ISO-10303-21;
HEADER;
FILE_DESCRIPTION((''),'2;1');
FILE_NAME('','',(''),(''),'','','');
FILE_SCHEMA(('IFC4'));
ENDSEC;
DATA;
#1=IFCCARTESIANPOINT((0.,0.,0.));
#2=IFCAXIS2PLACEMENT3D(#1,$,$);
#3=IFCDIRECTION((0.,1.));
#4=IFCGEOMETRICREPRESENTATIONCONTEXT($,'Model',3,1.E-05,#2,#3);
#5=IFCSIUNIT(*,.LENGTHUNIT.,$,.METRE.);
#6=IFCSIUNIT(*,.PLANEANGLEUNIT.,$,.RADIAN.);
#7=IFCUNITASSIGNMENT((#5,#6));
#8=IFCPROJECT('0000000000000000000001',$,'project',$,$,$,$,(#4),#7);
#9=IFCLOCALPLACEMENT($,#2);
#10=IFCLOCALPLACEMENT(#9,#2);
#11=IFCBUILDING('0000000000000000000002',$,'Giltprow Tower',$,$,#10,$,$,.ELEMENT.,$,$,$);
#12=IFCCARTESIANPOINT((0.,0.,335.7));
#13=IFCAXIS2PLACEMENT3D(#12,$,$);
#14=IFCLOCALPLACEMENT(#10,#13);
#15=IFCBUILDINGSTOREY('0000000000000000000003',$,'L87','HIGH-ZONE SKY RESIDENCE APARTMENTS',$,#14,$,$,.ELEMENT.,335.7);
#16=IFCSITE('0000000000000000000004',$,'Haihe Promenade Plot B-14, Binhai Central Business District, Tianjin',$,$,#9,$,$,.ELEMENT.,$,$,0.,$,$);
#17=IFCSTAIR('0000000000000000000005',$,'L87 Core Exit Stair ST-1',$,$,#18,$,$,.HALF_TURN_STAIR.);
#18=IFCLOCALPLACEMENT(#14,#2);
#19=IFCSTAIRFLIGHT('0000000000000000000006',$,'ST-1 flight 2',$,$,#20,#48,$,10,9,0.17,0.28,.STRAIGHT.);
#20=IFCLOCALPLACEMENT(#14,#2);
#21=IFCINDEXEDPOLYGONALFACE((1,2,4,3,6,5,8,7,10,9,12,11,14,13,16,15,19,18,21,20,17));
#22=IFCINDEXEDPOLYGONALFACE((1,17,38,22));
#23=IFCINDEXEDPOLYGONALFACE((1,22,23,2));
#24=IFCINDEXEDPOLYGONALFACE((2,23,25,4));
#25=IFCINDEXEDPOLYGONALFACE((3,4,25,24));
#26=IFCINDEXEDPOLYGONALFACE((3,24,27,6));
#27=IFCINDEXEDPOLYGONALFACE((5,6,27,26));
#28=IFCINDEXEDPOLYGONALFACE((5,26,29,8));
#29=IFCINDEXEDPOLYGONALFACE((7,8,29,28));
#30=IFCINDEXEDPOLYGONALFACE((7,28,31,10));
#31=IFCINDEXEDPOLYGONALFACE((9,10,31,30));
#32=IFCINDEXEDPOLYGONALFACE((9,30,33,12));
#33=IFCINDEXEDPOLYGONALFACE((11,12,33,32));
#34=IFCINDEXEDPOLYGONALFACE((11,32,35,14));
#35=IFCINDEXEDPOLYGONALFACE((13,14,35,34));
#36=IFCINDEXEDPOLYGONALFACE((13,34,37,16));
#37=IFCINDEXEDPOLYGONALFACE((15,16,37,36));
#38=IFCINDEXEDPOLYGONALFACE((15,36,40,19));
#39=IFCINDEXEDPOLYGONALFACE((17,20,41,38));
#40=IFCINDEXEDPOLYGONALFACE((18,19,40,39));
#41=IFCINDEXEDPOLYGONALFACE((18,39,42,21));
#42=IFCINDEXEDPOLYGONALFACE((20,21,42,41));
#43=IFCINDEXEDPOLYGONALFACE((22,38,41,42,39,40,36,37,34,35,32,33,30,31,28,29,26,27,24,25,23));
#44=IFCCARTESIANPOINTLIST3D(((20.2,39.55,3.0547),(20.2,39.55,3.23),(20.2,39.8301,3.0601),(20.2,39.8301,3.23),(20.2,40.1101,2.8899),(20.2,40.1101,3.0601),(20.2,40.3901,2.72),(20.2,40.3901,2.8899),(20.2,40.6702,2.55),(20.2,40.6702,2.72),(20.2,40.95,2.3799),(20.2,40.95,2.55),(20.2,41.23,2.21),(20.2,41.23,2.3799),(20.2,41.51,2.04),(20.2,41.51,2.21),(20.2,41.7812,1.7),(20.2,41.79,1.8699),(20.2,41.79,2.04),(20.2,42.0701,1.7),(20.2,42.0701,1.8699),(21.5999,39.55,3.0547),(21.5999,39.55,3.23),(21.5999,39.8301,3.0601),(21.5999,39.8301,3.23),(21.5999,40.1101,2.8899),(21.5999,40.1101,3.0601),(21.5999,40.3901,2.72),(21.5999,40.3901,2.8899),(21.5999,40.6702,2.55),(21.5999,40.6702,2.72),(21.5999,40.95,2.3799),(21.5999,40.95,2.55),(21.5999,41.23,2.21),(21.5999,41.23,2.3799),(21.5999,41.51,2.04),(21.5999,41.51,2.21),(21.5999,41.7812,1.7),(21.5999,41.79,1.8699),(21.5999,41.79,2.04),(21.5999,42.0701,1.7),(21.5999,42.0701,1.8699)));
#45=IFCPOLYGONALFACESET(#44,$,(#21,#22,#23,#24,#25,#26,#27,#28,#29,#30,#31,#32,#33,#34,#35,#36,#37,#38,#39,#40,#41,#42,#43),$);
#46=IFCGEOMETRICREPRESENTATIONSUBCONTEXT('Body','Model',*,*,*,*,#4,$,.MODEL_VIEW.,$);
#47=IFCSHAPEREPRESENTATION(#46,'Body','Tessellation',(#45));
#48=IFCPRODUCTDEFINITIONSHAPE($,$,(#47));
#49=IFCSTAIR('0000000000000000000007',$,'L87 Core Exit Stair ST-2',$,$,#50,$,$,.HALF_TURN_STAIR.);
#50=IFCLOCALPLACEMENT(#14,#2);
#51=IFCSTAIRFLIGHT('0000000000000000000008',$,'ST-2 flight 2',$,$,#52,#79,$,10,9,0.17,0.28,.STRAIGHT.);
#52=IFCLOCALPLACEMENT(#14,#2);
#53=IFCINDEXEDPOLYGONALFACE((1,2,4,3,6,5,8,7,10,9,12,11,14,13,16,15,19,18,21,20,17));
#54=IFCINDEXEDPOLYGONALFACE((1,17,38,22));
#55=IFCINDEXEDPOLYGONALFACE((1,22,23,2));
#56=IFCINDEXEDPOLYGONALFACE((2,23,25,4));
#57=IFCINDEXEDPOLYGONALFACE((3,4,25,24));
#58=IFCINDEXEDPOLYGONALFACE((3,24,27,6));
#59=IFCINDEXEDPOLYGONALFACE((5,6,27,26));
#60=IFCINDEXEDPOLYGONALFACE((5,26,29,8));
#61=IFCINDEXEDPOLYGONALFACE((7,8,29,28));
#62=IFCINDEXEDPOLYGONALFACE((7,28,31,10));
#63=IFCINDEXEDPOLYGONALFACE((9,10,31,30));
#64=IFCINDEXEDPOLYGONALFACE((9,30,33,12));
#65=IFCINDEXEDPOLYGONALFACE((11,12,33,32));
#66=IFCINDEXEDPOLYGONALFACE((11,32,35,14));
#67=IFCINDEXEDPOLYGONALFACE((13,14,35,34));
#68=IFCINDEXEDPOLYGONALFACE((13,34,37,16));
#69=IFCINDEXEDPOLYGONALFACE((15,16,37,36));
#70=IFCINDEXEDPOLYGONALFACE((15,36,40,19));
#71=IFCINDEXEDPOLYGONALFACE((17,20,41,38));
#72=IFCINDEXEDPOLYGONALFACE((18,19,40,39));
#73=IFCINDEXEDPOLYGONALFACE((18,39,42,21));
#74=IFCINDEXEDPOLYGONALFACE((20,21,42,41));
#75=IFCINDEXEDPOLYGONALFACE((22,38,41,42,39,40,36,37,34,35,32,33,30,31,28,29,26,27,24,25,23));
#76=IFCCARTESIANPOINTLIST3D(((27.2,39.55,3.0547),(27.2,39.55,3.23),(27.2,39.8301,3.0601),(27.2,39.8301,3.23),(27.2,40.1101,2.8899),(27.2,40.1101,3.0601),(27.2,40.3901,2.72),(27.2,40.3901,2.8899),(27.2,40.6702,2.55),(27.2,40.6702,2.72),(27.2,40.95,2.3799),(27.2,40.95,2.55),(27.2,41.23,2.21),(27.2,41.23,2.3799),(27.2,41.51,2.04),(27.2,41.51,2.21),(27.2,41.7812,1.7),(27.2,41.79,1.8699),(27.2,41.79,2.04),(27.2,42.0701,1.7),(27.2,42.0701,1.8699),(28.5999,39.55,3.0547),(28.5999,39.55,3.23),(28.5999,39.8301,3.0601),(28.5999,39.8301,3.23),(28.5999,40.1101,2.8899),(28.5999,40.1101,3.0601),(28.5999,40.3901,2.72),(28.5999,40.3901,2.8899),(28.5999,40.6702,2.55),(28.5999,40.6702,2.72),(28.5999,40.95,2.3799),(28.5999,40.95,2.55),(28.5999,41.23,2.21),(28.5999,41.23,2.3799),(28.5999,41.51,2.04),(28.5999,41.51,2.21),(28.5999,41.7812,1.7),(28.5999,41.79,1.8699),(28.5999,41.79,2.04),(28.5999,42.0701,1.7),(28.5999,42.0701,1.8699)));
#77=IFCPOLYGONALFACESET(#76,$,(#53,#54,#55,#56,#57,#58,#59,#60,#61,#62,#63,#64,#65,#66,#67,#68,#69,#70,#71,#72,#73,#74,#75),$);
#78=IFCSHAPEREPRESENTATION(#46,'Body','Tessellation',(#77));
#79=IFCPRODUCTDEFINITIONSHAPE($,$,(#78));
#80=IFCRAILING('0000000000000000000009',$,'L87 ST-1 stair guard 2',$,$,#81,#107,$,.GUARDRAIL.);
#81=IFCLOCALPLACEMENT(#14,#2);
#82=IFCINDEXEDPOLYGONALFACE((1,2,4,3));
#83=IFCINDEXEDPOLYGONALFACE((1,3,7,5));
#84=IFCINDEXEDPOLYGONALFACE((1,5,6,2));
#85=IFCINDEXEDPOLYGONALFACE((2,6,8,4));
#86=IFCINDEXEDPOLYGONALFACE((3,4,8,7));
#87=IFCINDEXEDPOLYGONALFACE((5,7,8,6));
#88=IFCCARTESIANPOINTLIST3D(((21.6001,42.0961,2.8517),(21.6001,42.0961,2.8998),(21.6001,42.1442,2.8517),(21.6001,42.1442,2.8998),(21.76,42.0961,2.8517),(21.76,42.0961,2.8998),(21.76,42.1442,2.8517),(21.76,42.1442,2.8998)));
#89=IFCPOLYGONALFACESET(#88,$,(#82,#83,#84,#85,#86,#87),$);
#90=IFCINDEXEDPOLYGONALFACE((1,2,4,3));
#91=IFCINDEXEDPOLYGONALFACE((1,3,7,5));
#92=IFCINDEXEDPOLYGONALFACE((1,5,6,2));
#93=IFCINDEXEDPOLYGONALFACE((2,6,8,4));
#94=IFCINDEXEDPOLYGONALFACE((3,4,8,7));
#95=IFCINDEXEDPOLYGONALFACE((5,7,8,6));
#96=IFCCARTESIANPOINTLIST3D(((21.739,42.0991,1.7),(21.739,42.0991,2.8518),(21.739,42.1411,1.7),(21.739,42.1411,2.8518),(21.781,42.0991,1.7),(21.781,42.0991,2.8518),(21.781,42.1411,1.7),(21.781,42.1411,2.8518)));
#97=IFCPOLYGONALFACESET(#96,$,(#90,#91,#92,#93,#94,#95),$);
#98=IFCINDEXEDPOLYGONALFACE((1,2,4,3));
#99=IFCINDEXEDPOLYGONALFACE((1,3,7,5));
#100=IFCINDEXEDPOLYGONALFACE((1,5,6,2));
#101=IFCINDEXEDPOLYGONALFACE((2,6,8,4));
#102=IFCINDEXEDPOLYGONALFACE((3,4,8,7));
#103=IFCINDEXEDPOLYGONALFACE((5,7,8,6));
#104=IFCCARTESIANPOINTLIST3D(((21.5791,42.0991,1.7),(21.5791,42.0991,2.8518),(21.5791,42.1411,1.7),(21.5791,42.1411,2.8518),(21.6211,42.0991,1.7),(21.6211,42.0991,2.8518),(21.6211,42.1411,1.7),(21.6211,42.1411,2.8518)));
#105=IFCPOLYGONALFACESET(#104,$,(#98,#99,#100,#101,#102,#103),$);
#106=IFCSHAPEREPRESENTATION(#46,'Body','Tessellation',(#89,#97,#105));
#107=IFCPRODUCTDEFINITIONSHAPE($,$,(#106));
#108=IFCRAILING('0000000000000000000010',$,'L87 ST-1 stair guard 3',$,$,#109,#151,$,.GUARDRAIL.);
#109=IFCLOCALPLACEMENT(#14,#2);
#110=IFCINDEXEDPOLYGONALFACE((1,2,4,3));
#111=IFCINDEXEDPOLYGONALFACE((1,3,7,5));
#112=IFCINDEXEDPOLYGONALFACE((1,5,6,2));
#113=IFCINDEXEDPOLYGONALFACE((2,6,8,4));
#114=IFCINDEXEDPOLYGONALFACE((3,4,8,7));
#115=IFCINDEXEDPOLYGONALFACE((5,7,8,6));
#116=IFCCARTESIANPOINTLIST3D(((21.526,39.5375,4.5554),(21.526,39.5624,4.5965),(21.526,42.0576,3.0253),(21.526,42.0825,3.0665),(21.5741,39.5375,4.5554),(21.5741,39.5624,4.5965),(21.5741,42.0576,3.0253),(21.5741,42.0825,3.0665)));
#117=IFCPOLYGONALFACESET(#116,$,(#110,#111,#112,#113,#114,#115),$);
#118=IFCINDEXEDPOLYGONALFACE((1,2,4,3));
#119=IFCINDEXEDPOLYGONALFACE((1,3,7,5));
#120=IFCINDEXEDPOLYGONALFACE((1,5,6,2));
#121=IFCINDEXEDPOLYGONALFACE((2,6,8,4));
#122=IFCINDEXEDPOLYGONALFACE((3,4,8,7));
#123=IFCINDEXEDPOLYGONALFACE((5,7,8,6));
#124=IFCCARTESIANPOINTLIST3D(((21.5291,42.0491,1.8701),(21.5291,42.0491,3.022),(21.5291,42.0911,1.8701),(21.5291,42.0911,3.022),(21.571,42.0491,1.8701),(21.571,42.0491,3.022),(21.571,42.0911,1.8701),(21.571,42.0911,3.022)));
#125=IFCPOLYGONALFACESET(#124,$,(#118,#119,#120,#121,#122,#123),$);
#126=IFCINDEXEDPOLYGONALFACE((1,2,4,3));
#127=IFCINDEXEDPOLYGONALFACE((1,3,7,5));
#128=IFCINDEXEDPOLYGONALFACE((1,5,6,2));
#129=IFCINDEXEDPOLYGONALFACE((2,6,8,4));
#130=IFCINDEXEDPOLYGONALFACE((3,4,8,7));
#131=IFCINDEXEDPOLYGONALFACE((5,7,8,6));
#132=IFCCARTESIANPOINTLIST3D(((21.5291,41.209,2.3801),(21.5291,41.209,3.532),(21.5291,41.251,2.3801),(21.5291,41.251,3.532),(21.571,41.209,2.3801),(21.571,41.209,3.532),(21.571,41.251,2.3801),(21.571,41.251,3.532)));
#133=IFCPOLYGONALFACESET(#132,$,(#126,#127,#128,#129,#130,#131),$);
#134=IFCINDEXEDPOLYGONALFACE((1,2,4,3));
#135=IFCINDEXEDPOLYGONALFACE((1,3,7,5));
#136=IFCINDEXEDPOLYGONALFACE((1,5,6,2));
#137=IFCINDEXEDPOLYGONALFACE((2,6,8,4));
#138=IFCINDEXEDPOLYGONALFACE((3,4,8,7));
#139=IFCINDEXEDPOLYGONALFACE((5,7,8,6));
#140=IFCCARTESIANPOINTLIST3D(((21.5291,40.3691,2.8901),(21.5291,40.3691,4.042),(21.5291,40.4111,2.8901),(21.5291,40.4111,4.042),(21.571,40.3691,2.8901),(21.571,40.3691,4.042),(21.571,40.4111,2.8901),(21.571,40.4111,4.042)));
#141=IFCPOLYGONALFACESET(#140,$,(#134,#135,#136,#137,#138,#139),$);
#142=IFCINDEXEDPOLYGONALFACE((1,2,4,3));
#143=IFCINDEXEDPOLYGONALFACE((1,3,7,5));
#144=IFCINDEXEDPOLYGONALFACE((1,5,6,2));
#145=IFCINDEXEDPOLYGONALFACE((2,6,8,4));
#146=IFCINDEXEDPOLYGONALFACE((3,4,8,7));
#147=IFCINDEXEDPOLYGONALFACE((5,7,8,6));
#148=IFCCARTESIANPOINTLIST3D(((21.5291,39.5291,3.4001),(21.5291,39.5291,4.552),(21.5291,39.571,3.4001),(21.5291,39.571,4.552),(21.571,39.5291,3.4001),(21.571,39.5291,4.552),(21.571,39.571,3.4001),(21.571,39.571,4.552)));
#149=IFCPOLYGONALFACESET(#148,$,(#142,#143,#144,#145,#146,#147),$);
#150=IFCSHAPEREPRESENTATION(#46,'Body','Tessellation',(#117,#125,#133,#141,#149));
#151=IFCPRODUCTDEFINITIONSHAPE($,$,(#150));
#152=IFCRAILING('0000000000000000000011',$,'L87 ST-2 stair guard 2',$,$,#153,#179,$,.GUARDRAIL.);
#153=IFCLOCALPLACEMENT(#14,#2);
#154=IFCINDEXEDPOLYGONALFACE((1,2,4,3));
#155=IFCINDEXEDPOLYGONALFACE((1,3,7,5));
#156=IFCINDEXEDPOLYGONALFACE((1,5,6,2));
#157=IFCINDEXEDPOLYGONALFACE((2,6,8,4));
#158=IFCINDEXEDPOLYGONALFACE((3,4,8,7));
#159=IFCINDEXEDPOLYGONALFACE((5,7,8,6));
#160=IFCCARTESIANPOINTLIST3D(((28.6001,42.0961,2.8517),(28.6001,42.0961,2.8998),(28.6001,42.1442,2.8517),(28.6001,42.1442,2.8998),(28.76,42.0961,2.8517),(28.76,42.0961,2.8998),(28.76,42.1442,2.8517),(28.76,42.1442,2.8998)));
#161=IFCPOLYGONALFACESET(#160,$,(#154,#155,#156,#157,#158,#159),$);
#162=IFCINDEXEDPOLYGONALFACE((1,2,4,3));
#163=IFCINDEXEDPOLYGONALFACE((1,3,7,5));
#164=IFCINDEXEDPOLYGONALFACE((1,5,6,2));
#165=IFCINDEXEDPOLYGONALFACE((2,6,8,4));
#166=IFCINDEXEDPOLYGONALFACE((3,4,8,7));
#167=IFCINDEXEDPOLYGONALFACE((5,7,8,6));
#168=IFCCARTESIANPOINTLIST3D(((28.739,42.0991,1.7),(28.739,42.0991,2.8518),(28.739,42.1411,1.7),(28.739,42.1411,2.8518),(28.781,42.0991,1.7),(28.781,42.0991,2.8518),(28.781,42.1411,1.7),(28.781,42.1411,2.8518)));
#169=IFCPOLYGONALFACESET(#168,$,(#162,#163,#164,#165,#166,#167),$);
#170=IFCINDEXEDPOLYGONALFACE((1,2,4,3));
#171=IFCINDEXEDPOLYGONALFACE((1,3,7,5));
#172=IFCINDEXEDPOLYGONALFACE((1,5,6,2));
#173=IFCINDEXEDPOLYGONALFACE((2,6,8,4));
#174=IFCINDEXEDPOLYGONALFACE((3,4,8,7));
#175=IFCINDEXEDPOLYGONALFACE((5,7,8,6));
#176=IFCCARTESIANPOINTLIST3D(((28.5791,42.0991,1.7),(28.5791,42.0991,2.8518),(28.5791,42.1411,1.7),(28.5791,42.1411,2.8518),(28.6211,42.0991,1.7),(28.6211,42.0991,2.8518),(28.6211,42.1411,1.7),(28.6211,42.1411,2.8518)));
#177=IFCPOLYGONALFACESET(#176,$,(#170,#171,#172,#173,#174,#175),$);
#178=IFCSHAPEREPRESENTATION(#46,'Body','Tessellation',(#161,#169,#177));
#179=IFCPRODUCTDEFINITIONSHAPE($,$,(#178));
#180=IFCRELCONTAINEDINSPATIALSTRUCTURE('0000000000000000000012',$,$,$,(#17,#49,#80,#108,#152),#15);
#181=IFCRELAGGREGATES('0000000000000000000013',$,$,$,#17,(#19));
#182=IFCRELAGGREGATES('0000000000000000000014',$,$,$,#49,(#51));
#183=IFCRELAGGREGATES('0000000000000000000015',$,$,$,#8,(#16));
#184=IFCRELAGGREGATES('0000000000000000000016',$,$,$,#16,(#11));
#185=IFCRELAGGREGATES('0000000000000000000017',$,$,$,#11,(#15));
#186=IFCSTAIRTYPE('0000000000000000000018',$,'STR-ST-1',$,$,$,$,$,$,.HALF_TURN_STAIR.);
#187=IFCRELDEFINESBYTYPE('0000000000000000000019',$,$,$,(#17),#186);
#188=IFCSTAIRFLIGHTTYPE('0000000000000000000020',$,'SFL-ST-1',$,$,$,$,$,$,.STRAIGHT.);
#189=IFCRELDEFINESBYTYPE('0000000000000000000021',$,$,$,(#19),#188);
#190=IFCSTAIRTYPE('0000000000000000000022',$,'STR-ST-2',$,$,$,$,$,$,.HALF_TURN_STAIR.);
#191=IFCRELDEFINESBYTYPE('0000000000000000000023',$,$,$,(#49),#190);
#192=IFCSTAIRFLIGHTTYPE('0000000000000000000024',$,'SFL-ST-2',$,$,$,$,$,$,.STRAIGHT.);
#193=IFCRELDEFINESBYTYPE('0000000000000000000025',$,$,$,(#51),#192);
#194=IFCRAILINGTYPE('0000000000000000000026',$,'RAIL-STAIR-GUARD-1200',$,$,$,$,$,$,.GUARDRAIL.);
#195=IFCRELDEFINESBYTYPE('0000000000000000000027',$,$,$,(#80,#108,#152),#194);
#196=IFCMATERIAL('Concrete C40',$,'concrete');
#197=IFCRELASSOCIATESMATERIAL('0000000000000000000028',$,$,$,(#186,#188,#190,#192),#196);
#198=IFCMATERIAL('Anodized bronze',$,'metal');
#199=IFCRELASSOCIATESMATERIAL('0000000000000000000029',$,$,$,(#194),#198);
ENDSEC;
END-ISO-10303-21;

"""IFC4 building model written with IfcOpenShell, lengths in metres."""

from ifc_helpers import new_model, si_unit, direction, frame, origin, origin_2d, place, context, subcontext, project, spatial, polyline, rectangle, outline, extrude, material, type_object, element, aggregate, save


model = new_model("IFC4")

# Units and contexts
model_context = context("Model", 3, precision=1e-05, world=origin(), true_north=direction((0.0, 1.0)))
body_context = subcontext(model_context, "Body", "Model", "MODEL_VIEW")
ifc_project = project(units=[si_unit("LENGTHUNIT", "METRE"), si_unit("PLANEANGLEUNIT", "RADIAN")], contexts=[model_context])

# Site, building, storey
site_placement = place(None, origin())
site = spatial("IfcSite", under=ifc_project, at=site_placement, Name="Haihe Promenade Plot B-14, Binhai Central Business District, Tianjin", CompositionType="ELEMENT", RefElevation=0.0)
building_placement = place(site_placement, origin())
building = spatial("IfcBuilding", under=site, at=building_placement, Name="Giltprow Tower", CompositionType="ELEMENT")
storey_placement = place(building_placement, frame((0.0, 0.0, 335.7)))
storey = spatial("IfcBuildingStorey", under=building, at=storey_placement, Name="L87", Description="HIGH-ZONE SKY RESIDENCE APARTMENTS", CompositionType="ELEMENT", Elevation=335.7)

# Shared definitions
ifc_material_1 = material(Name="Concrete C40", Category="concrete")

# Stairs, stair flights
stair_type_1 = type_object("IfcStairType", Name="STR-ST-1", PredefinedType="HALF_TURN_STAIR", material=ifc_material_1)
stair_1_placement = place(storey_placement, origin())
stair_1 = element("IfcStair", 1, at=stair_1_placement, inside=storey, type_object=stair_type_1, Name="L87 Core Exit Stair ST-1", PredefinedType="HALF_TURN_STAIR")
stair_flight_type_1 = type_object("IfcStairFlightType", Name="SFL-ST-1", PredefinedType="STRAIGHT", material=ifc_material_1)
stair_flight_1_placement = place(storey_placement, frame((20.8999, 42.0701, 1.7), z_axis=(0.0, 0.0, 1.0), x_axis=(0.0, -1.0, 0.0)))
stair_flight_1 = element("IfcStairFlight", 2, at=stair_flight_1_placement, type_object=stair_flight_type_1, Name="ST-1 flight 2", NumberOfRisers=10, NumberOfTreads=9, PredefinedType="STRAIGHT", RiserHeight=0.17, TreadLength=0.28, context=body_context, shape_type="SweptSolid", body=[
    extrude(outline(polyline([(0.0, 0.0), (0.0, 0.1699), (0.28, 0.1699), (0.28, 0.3401), (0.5601, 0.3401), (0.5601, 0.51), (0.8401, 0.51), (0.8401, 0.6799), (1.1201, 0.6799), (1.1201, 0.8501), (1.3999, 0.8501), (1.3999, 1.02), (1.6799, 1.02), (1.6799, 1.1899), (1.96, 1.1899), (1.96, 1.3601), (2.24, 1.3601), (2.24, 1.53), (2.52, 1.53), (2.52, 1.7), (2.52, 1.3547), (0.2888, 0.0), (0.0, 0.0)])), frame((0.0, 0.7, 0.0), z_axis=(0.0, -1.0, 0.0), x_axis=(1.0, 0.0, 0.0)), (0.0, 0.0, 1.0), 1.3999),
])
aggregate(stair_1, [stair_flight_1])
stair_type_2 = type_object("IfcStairType", Name="STR-ST-2", PredefinedType="HALF_TURN_STAIR", material=ifc_material_1)
stair_2_placement = place(storey_placement, origin())
stair_2 = element("IfcStair", 3, at=stair_2_placement, inside=storey, type_object=stair_type_2, Name="L87 Core Exit Stair ST-2", PredefinedType="HALF_TURN_STAIR")
stair_flight_type_2 = type_object("IfcStairFlightType", Name="SFL-ST-2", PredefinedType="STRAIGHT", material=ifc_material_1)
stair_flight_2_placement = place(storey_placement, frame((27.8999, 42.0701, 1.7), z_axis=(0.0, 0.0, 1.0), x_axis=(0.0, -1.0, 0.0)))
stair_flight_2 = element("IfcStairFlight", 4, at=stair_flight_2_placement, type_object=stair_flight_type_2, Name="ST-2 flight 2", NumberOfRisers=10, NumberOfTreads=9, PredefinedType="STRAIGHT", RiserHeight=0.17, TreadLength=0.28, context=body_context, shape_type="SweptSolid", body=[
    extrude(outline(polyline([(0.0, 0.0), (0.0, 0.1699), (0.28, 0.1699), (0.28, 0.3401), (0.5601, 0.3401), (0.5601, 0.51), (0.8401, 0.51), (0.8401, 0.6799), (1.1201, 0.6799), (1.1201, 0.8501), (1.3999, 0.8501), (1.3999, 1.02), (1.6799, 1.02), (1.6799, 1.1899), (1.96, 1.1899), (1.96, 1.3601), (2.24, 1.3601), (2.24, 1.53), (2.52, 1.53), (2.52, 1.7), (2.52, 1.3547), (0.2888, 0.0), (0.0, 0.0)])), frame((0.0, 0.7, 0.0), z_axis=(0.0, -1.0, 0.0), x_axis=(1.0, 0.0, 0.0)), (0.0, 0.0, 1.0), 1.3999),
])
aggregate(stair_2, [stair_flight_2])

# Railings
ifc_material_2 = material(Name="Anodized bronze", Category="metal")
railing_type_1 = type_object("IfcRailingType", Name="RAIL-STAIR-GUARD-1200", PredefinedType="GUARDRAIL", material=ifc_material_2)
railing_1_placement = place(storey_placement, frame((21.76, 42.1201, 1.7)))
element("IfcRailing", 5, at=railing_1_placement, inside=storey, type_object=railing_type_1, Name="L87 ST-1 stair guard 2", PredefinedType="GUARDRAIL", context=body_context, shape_type="SweptSolid", body=[
    extrude(rectangle(XDim=0.0481, YDim=0.0481, at=origin_2d()), frame((0.0, 0.0, 1.1758), z_axis=(-1.0, 0.0, 0.0), x_axis=(0.0, -1.0, 0.0)), (0.0, 0.0, 1.0), 0.1599),
    extrude(rectangle(XDim=0.042, YDim=0.042, at=origin_2d()), origin(), (0.0, 0.0, 1.0), 1.1519),
    extrude(rectangle(XDim=0.042, YDim=0.042, at=origin_2d()), frame((-0.1599, 0.0, 0.0)), (0.0, 0.0, 1.0), 1.1519),
])
railing_2_placement = place(storey_placement, frame((21.55, 42.0701, 1.8701)))
element("IfcRailing", 6, at=railing_2_placement, inside=storey, type_object=railing_type_1, Name="L87 ST-1 stair guard 3", PredefinedType="GUARDRAIL", context=body_context, shape_type="SweptSolid", body=[
    extrude(rectangle(XDim=0.0481, YDim=0.0481, at=origin_2d()), frame((0.0, 0.0, 1.1758), z_axis=(0.0, -0.854785, 0.518982), x_axis=(1.0, 0.0, 0.0)), (0.0, 0.0, 1.0), 2.9482),
    extrude(rectangle(XDim=0.042, YDim=0.042, at=origin_2d()), origin(), (0.0, 0.0, 1.0), 1.1519),
    extrude(rectangle(XDim=0.042, YDim=0.042, at=origin_2d()), frame((0.0, -0.8401, 0.51)), (0.0, 0.0, 1.0), 1.1519),
    extrude(rectangle(XDim=0.042, YDim=0.042, at=origin_2d()), frame((0.0, -1.6799, 1.02)), (0.0, 0.0, 1.0), 1.1519),
    extrude(rectangle(XDim=0.042, YDim=0.042, at=origin_2d()), frame((0.0, -2.52, 1.53)), (0.0, 0.0, 1.0), 1.1519),
])
railing_3_placement = place(storey_placement, frame((28.76, 42.1201, 1.7)))
element("IfcRailing", 7, at=railing_3_placement, inside=storey, type_object=railing_type_1, Name="L87 ST-2 stair guard 2", PredefinedType="GUARDRAIL", context=body_context, shape_type="SweptSolid", body=[
    extrude(rectangle(XDim=0.0481, YDim=0.0481, at=origin_2d()), frame((0.0, 0.0, 1.1758), z_axis=(-1.0, 0.0, 0.0), x_axis=(0.0, -1.0, 0.0)), (0.0, 0.0, 1.0), 0.1599),
    extrude(rectangle(XDim=0.042, YDim=0.042, at=origin_2d()), origin(), (0.0, 0.0, 1.0), 1.1519),
    extrude(rectangle(XDim=0.042, YDim=0.042, at=origin_2d()), frame((-0.1599, 0.0, 0.0)), (0.0, 0.0, 1.0), 1.1519),
])

save(model, "model.ifc")
